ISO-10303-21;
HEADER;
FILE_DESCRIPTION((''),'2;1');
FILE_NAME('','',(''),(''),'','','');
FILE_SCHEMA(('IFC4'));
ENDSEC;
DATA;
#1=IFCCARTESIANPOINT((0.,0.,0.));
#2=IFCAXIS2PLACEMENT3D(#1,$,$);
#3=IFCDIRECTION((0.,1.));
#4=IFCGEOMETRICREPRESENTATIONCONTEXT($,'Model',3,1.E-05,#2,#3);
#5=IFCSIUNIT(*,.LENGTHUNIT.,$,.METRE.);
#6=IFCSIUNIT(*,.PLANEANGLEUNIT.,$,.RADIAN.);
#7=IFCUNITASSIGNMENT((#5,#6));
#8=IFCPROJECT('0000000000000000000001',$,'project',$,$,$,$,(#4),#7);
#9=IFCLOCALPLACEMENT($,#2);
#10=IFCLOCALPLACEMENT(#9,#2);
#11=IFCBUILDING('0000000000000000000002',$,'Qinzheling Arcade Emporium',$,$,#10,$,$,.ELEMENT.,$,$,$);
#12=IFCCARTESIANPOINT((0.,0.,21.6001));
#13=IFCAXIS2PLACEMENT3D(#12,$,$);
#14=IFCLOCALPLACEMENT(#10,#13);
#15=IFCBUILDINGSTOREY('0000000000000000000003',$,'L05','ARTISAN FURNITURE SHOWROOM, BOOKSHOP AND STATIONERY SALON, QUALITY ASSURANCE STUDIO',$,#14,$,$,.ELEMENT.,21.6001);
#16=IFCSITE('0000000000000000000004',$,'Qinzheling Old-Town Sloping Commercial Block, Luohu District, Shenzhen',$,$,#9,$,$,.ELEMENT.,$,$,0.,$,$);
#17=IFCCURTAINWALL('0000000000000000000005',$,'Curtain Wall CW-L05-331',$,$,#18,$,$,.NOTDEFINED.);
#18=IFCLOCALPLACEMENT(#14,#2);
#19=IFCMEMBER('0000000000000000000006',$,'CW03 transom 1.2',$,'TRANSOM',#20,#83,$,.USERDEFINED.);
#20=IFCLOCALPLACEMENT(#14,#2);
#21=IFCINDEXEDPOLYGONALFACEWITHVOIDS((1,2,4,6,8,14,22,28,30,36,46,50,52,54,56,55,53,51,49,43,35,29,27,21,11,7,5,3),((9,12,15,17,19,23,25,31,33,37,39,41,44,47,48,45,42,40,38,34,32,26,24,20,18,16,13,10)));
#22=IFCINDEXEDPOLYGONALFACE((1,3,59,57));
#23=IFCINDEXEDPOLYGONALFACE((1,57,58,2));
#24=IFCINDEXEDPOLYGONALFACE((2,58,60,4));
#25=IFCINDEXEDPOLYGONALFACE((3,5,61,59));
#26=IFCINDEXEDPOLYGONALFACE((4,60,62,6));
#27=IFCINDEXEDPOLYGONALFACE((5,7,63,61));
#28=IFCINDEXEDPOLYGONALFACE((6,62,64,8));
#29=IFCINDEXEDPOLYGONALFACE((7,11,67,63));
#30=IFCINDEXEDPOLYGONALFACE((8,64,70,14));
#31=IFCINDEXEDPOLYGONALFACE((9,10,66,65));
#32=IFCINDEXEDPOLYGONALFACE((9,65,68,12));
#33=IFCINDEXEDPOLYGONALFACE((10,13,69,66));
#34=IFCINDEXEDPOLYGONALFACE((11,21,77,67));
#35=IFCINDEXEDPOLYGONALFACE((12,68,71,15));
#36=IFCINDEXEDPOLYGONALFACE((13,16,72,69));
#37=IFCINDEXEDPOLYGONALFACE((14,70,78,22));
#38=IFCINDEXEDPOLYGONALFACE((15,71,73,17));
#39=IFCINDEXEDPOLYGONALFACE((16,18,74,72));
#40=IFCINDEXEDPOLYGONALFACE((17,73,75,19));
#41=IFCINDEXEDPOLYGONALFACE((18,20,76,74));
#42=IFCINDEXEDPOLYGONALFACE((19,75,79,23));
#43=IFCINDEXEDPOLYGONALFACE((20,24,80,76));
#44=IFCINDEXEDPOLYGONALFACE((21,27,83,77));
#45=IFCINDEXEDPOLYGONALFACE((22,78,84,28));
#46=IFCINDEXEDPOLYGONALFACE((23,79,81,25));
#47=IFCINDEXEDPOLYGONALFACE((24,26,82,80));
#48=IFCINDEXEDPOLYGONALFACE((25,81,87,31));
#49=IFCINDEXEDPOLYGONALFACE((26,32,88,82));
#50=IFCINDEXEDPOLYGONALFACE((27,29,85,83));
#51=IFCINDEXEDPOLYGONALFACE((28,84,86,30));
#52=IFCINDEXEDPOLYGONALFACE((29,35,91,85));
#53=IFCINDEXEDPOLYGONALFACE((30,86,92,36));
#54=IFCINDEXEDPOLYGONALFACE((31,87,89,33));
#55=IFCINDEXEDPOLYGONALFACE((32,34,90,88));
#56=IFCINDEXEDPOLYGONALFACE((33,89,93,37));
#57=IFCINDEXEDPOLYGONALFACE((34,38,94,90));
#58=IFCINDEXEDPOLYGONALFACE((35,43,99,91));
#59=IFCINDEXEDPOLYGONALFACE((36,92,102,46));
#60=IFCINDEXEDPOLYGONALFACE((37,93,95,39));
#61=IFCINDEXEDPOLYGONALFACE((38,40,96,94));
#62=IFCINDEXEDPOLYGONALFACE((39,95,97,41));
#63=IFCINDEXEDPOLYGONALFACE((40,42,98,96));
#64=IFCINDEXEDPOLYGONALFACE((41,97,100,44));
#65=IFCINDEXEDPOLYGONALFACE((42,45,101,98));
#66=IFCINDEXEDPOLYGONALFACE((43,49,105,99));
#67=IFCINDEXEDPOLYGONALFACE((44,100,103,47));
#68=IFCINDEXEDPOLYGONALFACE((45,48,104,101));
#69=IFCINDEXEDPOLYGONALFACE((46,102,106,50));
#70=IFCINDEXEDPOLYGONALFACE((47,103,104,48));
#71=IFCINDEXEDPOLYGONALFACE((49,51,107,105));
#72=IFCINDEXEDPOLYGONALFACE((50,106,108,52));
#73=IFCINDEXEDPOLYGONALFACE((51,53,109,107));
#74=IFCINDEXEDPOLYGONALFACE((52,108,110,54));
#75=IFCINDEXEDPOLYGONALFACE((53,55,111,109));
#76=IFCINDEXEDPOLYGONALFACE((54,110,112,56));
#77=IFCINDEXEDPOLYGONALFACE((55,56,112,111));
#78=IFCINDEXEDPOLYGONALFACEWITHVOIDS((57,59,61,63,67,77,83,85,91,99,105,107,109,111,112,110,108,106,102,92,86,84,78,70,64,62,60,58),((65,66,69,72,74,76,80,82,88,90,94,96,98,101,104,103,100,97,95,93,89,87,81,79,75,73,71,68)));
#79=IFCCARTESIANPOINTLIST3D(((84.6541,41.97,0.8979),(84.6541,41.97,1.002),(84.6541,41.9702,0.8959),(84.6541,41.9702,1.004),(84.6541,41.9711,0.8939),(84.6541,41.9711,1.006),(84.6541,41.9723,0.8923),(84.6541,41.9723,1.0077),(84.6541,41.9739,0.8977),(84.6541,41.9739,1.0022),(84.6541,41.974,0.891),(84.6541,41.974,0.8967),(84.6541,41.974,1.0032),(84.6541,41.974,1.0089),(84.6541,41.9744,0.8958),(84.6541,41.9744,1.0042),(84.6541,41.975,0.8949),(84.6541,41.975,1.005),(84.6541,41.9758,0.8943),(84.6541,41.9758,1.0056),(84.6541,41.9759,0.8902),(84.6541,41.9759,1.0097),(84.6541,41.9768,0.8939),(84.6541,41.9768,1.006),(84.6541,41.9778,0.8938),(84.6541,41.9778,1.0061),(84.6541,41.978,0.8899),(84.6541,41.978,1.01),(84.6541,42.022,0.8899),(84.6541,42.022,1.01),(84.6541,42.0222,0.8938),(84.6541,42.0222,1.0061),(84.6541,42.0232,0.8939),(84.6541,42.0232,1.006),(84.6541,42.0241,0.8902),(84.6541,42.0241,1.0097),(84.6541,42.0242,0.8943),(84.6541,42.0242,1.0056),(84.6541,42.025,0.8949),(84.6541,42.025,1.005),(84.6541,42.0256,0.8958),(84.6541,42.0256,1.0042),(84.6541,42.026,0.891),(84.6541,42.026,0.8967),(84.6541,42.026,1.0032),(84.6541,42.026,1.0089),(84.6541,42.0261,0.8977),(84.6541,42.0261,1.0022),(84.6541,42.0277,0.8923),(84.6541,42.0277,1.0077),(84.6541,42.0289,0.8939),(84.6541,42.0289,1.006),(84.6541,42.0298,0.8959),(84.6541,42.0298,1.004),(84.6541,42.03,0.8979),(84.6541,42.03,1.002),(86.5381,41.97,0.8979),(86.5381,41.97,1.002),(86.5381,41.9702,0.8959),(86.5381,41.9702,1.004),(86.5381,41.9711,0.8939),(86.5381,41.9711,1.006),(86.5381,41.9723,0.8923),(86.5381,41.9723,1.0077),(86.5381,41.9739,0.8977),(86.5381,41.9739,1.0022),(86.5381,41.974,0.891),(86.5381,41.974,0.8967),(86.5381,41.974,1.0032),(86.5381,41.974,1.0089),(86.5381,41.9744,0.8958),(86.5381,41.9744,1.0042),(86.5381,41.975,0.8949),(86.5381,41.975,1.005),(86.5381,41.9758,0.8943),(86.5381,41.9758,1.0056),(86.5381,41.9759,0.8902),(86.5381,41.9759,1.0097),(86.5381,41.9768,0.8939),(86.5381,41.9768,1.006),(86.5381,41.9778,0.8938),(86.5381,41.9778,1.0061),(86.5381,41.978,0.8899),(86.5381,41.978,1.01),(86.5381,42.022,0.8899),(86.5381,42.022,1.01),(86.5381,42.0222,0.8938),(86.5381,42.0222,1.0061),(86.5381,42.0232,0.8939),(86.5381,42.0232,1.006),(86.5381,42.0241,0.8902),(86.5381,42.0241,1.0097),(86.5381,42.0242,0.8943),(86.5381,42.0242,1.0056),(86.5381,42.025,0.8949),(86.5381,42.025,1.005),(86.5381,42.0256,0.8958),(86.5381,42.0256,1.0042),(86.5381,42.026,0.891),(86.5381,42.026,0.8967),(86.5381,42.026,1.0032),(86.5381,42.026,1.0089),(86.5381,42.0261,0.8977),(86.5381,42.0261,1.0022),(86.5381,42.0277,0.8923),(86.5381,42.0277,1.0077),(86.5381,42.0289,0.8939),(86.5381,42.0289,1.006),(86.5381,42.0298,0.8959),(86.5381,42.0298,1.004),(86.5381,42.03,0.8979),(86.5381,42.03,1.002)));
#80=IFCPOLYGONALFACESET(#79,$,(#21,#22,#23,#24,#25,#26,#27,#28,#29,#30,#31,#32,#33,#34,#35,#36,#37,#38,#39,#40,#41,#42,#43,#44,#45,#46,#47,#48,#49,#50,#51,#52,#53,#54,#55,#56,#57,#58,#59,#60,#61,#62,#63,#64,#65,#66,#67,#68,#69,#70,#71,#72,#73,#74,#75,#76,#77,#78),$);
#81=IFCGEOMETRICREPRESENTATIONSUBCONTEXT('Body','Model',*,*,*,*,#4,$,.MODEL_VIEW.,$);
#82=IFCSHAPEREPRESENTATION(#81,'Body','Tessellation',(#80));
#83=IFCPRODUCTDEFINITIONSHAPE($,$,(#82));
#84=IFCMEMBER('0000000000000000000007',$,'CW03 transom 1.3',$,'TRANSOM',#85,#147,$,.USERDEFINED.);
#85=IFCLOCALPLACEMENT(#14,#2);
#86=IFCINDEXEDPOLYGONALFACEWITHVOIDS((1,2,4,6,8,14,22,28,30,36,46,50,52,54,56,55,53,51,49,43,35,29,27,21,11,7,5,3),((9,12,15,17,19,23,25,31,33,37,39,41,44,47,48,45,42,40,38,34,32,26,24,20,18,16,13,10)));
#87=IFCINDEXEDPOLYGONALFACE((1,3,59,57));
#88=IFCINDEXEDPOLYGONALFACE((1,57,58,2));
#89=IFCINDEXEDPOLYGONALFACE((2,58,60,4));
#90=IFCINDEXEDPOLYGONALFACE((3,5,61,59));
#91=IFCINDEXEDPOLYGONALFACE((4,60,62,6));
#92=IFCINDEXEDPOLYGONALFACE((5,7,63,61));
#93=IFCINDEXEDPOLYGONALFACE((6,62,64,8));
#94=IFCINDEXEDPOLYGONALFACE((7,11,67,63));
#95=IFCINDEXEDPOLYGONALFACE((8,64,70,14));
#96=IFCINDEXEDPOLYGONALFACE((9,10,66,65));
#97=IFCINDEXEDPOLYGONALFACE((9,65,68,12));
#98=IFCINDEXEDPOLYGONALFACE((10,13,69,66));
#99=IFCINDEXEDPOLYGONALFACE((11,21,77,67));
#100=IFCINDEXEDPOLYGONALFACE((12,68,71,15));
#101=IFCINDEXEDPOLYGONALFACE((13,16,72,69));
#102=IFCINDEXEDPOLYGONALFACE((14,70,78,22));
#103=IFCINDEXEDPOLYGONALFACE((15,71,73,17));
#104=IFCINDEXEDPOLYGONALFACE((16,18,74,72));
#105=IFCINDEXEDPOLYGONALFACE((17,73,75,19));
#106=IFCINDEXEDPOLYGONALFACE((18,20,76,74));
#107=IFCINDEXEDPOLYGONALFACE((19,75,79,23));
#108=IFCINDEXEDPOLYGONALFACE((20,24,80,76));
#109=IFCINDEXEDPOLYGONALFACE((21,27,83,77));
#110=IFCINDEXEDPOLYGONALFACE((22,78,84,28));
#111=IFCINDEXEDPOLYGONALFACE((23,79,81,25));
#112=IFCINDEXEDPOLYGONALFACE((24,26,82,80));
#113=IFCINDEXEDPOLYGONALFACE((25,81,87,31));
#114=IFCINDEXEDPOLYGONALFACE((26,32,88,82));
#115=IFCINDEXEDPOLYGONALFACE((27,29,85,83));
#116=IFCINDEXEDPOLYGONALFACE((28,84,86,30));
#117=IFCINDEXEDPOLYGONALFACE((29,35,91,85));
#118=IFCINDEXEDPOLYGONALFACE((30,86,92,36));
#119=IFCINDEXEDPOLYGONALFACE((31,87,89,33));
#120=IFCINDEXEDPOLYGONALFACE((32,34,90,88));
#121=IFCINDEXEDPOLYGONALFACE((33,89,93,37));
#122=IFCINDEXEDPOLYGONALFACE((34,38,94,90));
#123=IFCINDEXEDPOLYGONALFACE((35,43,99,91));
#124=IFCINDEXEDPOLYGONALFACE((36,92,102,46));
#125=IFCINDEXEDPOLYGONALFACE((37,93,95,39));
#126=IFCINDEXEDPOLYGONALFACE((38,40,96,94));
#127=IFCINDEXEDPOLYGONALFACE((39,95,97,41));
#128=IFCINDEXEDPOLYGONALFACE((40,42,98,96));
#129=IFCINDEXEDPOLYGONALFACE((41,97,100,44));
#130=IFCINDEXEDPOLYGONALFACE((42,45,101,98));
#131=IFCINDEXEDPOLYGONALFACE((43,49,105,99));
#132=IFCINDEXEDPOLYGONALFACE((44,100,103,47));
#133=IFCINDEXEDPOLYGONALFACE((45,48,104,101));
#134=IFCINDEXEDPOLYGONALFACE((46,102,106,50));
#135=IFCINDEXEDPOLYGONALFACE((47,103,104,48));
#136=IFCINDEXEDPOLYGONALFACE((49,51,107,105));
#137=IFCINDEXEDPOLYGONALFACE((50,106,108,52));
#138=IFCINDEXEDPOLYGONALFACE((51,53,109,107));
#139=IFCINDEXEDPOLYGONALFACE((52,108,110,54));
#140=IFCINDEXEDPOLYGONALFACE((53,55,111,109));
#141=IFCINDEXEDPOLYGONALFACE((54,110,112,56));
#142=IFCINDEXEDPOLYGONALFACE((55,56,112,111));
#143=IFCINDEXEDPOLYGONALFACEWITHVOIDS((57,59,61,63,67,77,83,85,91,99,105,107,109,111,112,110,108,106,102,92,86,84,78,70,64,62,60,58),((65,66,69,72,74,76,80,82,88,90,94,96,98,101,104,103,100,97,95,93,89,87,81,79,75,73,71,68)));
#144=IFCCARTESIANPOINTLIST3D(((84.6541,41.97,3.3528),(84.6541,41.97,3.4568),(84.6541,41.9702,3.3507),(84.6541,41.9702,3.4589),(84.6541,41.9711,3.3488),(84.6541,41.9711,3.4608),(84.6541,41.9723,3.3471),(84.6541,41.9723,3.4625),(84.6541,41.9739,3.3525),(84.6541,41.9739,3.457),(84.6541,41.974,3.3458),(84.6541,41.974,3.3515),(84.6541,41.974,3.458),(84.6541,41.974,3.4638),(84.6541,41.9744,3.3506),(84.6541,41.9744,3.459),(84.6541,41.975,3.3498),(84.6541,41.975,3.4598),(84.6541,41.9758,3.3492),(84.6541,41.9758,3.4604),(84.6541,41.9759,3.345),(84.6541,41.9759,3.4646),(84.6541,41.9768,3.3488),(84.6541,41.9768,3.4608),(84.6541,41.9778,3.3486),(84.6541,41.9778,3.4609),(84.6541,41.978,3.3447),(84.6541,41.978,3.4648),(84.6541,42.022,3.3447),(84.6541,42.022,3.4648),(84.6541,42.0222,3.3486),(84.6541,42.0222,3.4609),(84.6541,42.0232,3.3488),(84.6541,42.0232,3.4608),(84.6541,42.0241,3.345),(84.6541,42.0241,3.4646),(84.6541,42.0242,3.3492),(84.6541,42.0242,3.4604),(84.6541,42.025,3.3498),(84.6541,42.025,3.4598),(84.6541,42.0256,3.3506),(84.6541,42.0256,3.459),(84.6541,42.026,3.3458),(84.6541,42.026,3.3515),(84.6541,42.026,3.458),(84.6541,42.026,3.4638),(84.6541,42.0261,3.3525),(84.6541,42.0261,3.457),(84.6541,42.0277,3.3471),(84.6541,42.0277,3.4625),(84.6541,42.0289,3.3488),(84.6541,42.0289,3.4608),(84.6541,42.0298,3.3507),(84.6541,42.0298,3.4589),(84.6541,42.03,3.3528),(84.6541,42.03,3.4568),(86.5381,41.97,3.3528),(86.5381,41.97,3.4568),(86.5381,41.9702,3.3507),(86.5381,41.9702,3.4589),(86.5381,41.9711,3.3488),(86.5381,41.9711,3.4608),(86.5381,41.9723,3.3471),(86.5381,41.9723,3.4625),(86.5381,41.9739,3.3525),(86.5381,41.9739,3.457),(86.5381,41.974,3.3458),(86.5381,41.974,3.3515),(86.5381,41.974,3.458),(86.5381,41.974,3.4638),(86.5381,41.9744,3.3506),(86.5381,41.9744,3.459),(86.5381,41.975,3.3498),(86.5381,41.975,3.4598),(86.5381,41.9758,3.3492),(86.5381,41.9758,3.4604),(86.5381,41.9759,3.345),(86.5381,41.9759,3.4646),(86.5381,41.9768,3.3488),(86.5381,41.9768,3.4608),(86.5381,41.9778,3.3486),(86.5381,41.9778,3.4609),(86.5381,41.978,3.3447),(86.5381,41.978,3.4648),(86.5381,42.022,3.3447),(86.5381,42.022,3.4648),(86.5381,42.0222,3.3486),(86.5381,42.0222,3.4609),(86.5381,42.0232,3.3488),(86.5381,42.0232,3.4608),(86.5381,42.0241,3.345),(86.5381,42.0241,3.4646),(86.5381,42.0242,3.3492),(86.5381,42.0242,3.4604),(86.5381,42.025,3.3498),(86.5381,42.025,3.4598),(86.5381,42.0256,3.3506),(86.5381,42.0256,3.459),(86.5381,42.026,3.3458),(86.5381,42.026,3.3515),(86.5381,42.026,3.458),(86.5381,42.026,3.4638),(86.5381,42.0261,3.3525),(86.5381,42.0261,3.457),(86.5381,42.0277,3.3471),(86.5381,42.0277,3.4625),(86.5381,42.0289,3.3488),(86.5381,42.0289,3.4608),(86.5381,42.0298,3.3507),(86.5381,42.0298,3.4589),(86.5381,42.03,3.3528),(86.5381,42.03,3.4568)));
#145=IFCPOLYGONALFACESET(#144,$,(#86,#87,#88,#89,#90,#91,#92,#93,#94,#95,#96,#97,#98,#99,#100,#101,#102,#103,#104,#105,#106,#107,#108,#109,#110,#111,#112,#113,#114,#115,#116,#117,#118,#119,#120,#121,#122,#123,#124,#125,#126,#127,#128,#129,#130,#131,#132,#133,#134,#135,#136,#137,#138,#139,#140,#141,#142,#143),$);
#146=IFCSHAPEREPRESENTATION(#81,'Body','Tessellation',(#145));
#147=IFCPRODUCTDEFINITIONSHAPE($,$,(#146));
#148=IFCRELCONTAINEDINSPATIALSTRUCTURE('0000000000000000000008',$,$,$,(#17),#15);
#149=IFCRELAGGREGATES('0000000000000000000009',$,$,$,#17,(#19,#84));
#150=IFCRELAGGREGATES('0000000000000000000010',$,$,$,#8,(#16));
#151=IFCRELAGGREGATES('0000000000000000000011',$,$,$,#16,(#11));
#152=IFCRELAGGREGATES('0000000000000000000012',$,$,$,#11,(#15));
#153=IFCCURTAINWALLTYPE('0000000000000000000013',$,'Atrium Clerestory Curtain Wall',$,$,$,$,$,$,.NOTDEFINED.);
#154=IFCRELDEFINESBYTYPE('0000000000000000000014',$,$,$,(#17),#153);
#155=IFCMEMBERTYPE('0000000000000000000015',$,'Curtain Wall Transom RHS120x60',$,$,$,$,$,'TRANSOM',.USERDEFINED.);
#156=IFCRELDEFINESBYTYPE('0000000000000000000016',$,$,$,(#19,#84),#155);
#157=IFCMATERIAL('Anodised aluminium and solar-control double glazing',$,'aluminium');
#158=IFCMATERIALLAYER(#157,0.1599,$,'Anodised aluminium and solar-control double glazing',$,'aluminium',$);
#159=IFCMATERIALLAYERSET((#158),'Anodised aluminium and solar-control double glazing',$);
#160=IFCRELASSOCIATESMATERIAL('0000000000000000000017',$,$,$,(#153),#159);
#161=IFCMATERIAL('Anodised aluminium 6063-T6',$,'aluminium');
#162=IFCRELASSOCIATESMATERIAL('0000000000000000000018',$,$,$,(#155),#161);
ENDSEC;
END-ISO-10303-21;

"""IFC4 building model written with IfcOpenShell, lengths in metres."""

from ifc_helpers import new_model, si_unit, direction, frame, origin, origin_2d, place, context, subcontext, project, spatial, hollow_rectangle, extrude, material, layer, layer_set, material_profile, profile_set, type_object, element, aggregate, save


model = new_model("IFC4")

# Units and contexts
model_context = context("Model", 3, precision=1e-05, world=origin(), true_north=direction((0.0, 1.0)))
body_context = subcontext(model_context, "Body", "Model", "MODEL_VIEW")
ifc_project = project(units=[si_unit("LENGTHUNIT", "METRE"), si_unit("PLANEANGLEUNIT", "RADIAN")], contexts=[model_context])

# Site, building, storey
site_placement = place(None, origin())
site = spatial("IfcSite", under=ifc_project, at=site_placement, Name="Qinzheling Old-Town Sloping Commercial Block, Luohu District, Shenzhen", CompositionType="ELEMENT", RefElevation=0.0)
building_placement = place(site_placement, origin())
building = spatial("IfcBuilding", under=site, at=building_placement, Name="Qinzheling Arcade Emporium", CompositionType="ELEMENT")
storey_placement = place(building_placement, frame((0.0, 0.0, 21.6001)))
storey = spatial("IfcBuildingStorey", under=building, at=storey_placement, Name="L05", Description="ARTISAN FURNITURE SHOWROOM, BOOKSHOP AND STATIONERY SALON, QUALITY ASSURANCE STUDIO", CompositionType="ELEMENT", Elevation=21.6001)

# Curtain wall
ifc_material_1 = material(Name="Anodised aluminium and solar-control double glazing", Category="aluminium")
ifc_layer_1 = layer(ifc_material_1, 0.1599, Name="Anodised aluminium and solar-control double glazing", Category="aluminium")
ifc_layer_set_1 = layer_set([ifc_layer_1], Name="Anodised aluminium and solar-control double glazing")
curtain_wall_type = type_object("IfcCurtainWallType", Name="Atrium Clerestory Curtain Wall", PredefinedType="NOTDEFINED", material=ifc_layer_set_1)
ifc_material_2 = material(Name="Anodised aluminium 6063-T6", Category="aluminium")
curtain_wall_1_placement = place(storey_placement, origin())
curtain_wall_1 = element("IfcCurtainWall", 1, at=curtain_wall_1_placement, inside=storey, type_object=curtain_wall_type, Name="Curtain Wall CW-L05-331", PredefinedType="NOTDEFINED")

# Members
ifc_material_profile_1 = material_profile(ifc_material_2, hollow_rectangle(XDim=0.0601, YDim=0.1201, WallThickness=0.0039, InnerFilletRadius=0.0039, OuterFilletRadius=0.0081, at=origin_2d()), Name="RHS 120x60x4", Category="aluminium")
ifc_profile_set_1 = profile_set([ifc_material_profile_1], Name="Anodised aluminium 6063-T6")
member_type_1 = type_object("IfcMemberType", Name="Curtain Wall Transom RHS120x60", ElementType="TRANSOM", PredefinedType="USERDEFINED", material=ifc_profile_set_1)
member_1_placement = place(storey_placement, frame((86.5381, 42.0, 0.95), z_axis=(-1.0, 0.0, 0.0), x_axis=(0.0, -1.0, 0.0)))
member_1 = element("IfcMember", 2, at=member_1_placement, type_object=member_type_1, Name="CW03 transom 1.2", ObjectType="TRANSOM", PredefinedType="USERDEFINED", context=body_context, shape_type="SweptSolid", body=[
    extrude(hollow_rectangle(XDim=0.0601, YDim=0.1201, WallThickness=0.0039, InnerFilletRadius=0.0039, OuterFilletRadius=0.0081, at=origin_2d()), origin(), (0.0, 0.0, 1.0), 1.884),
])
member_2_placement = place(storey_placement, frame((86.5381, 42.0, 3.4048), z_axis=(-1.0, 0.0, 0.0), x_axis=(0.0, -1.0, 0.0)))
member_2 = element("IfcMember", 3, at=member_2_placement, type_object=member_type_1, Name="CW03 transom 1.3", ObjectType="TRANSOM", PredefinedType="USERDEFINED", context=body_context, shape_type="SweptSolid", body=[
    extrude(hollow_rectangle(XDim=0.0601, YDim=0.1201, WallThickness=0.0039, InnerFilletRadius=0.0039, OuterFilletRadius=0.0081, at=origin_2d()), origin(), (0.0, 0.0, 1.0), 1.884),
])

aggregate(curtain_wall_1, [member_1, member_2])

save(model, "model.ifc")
